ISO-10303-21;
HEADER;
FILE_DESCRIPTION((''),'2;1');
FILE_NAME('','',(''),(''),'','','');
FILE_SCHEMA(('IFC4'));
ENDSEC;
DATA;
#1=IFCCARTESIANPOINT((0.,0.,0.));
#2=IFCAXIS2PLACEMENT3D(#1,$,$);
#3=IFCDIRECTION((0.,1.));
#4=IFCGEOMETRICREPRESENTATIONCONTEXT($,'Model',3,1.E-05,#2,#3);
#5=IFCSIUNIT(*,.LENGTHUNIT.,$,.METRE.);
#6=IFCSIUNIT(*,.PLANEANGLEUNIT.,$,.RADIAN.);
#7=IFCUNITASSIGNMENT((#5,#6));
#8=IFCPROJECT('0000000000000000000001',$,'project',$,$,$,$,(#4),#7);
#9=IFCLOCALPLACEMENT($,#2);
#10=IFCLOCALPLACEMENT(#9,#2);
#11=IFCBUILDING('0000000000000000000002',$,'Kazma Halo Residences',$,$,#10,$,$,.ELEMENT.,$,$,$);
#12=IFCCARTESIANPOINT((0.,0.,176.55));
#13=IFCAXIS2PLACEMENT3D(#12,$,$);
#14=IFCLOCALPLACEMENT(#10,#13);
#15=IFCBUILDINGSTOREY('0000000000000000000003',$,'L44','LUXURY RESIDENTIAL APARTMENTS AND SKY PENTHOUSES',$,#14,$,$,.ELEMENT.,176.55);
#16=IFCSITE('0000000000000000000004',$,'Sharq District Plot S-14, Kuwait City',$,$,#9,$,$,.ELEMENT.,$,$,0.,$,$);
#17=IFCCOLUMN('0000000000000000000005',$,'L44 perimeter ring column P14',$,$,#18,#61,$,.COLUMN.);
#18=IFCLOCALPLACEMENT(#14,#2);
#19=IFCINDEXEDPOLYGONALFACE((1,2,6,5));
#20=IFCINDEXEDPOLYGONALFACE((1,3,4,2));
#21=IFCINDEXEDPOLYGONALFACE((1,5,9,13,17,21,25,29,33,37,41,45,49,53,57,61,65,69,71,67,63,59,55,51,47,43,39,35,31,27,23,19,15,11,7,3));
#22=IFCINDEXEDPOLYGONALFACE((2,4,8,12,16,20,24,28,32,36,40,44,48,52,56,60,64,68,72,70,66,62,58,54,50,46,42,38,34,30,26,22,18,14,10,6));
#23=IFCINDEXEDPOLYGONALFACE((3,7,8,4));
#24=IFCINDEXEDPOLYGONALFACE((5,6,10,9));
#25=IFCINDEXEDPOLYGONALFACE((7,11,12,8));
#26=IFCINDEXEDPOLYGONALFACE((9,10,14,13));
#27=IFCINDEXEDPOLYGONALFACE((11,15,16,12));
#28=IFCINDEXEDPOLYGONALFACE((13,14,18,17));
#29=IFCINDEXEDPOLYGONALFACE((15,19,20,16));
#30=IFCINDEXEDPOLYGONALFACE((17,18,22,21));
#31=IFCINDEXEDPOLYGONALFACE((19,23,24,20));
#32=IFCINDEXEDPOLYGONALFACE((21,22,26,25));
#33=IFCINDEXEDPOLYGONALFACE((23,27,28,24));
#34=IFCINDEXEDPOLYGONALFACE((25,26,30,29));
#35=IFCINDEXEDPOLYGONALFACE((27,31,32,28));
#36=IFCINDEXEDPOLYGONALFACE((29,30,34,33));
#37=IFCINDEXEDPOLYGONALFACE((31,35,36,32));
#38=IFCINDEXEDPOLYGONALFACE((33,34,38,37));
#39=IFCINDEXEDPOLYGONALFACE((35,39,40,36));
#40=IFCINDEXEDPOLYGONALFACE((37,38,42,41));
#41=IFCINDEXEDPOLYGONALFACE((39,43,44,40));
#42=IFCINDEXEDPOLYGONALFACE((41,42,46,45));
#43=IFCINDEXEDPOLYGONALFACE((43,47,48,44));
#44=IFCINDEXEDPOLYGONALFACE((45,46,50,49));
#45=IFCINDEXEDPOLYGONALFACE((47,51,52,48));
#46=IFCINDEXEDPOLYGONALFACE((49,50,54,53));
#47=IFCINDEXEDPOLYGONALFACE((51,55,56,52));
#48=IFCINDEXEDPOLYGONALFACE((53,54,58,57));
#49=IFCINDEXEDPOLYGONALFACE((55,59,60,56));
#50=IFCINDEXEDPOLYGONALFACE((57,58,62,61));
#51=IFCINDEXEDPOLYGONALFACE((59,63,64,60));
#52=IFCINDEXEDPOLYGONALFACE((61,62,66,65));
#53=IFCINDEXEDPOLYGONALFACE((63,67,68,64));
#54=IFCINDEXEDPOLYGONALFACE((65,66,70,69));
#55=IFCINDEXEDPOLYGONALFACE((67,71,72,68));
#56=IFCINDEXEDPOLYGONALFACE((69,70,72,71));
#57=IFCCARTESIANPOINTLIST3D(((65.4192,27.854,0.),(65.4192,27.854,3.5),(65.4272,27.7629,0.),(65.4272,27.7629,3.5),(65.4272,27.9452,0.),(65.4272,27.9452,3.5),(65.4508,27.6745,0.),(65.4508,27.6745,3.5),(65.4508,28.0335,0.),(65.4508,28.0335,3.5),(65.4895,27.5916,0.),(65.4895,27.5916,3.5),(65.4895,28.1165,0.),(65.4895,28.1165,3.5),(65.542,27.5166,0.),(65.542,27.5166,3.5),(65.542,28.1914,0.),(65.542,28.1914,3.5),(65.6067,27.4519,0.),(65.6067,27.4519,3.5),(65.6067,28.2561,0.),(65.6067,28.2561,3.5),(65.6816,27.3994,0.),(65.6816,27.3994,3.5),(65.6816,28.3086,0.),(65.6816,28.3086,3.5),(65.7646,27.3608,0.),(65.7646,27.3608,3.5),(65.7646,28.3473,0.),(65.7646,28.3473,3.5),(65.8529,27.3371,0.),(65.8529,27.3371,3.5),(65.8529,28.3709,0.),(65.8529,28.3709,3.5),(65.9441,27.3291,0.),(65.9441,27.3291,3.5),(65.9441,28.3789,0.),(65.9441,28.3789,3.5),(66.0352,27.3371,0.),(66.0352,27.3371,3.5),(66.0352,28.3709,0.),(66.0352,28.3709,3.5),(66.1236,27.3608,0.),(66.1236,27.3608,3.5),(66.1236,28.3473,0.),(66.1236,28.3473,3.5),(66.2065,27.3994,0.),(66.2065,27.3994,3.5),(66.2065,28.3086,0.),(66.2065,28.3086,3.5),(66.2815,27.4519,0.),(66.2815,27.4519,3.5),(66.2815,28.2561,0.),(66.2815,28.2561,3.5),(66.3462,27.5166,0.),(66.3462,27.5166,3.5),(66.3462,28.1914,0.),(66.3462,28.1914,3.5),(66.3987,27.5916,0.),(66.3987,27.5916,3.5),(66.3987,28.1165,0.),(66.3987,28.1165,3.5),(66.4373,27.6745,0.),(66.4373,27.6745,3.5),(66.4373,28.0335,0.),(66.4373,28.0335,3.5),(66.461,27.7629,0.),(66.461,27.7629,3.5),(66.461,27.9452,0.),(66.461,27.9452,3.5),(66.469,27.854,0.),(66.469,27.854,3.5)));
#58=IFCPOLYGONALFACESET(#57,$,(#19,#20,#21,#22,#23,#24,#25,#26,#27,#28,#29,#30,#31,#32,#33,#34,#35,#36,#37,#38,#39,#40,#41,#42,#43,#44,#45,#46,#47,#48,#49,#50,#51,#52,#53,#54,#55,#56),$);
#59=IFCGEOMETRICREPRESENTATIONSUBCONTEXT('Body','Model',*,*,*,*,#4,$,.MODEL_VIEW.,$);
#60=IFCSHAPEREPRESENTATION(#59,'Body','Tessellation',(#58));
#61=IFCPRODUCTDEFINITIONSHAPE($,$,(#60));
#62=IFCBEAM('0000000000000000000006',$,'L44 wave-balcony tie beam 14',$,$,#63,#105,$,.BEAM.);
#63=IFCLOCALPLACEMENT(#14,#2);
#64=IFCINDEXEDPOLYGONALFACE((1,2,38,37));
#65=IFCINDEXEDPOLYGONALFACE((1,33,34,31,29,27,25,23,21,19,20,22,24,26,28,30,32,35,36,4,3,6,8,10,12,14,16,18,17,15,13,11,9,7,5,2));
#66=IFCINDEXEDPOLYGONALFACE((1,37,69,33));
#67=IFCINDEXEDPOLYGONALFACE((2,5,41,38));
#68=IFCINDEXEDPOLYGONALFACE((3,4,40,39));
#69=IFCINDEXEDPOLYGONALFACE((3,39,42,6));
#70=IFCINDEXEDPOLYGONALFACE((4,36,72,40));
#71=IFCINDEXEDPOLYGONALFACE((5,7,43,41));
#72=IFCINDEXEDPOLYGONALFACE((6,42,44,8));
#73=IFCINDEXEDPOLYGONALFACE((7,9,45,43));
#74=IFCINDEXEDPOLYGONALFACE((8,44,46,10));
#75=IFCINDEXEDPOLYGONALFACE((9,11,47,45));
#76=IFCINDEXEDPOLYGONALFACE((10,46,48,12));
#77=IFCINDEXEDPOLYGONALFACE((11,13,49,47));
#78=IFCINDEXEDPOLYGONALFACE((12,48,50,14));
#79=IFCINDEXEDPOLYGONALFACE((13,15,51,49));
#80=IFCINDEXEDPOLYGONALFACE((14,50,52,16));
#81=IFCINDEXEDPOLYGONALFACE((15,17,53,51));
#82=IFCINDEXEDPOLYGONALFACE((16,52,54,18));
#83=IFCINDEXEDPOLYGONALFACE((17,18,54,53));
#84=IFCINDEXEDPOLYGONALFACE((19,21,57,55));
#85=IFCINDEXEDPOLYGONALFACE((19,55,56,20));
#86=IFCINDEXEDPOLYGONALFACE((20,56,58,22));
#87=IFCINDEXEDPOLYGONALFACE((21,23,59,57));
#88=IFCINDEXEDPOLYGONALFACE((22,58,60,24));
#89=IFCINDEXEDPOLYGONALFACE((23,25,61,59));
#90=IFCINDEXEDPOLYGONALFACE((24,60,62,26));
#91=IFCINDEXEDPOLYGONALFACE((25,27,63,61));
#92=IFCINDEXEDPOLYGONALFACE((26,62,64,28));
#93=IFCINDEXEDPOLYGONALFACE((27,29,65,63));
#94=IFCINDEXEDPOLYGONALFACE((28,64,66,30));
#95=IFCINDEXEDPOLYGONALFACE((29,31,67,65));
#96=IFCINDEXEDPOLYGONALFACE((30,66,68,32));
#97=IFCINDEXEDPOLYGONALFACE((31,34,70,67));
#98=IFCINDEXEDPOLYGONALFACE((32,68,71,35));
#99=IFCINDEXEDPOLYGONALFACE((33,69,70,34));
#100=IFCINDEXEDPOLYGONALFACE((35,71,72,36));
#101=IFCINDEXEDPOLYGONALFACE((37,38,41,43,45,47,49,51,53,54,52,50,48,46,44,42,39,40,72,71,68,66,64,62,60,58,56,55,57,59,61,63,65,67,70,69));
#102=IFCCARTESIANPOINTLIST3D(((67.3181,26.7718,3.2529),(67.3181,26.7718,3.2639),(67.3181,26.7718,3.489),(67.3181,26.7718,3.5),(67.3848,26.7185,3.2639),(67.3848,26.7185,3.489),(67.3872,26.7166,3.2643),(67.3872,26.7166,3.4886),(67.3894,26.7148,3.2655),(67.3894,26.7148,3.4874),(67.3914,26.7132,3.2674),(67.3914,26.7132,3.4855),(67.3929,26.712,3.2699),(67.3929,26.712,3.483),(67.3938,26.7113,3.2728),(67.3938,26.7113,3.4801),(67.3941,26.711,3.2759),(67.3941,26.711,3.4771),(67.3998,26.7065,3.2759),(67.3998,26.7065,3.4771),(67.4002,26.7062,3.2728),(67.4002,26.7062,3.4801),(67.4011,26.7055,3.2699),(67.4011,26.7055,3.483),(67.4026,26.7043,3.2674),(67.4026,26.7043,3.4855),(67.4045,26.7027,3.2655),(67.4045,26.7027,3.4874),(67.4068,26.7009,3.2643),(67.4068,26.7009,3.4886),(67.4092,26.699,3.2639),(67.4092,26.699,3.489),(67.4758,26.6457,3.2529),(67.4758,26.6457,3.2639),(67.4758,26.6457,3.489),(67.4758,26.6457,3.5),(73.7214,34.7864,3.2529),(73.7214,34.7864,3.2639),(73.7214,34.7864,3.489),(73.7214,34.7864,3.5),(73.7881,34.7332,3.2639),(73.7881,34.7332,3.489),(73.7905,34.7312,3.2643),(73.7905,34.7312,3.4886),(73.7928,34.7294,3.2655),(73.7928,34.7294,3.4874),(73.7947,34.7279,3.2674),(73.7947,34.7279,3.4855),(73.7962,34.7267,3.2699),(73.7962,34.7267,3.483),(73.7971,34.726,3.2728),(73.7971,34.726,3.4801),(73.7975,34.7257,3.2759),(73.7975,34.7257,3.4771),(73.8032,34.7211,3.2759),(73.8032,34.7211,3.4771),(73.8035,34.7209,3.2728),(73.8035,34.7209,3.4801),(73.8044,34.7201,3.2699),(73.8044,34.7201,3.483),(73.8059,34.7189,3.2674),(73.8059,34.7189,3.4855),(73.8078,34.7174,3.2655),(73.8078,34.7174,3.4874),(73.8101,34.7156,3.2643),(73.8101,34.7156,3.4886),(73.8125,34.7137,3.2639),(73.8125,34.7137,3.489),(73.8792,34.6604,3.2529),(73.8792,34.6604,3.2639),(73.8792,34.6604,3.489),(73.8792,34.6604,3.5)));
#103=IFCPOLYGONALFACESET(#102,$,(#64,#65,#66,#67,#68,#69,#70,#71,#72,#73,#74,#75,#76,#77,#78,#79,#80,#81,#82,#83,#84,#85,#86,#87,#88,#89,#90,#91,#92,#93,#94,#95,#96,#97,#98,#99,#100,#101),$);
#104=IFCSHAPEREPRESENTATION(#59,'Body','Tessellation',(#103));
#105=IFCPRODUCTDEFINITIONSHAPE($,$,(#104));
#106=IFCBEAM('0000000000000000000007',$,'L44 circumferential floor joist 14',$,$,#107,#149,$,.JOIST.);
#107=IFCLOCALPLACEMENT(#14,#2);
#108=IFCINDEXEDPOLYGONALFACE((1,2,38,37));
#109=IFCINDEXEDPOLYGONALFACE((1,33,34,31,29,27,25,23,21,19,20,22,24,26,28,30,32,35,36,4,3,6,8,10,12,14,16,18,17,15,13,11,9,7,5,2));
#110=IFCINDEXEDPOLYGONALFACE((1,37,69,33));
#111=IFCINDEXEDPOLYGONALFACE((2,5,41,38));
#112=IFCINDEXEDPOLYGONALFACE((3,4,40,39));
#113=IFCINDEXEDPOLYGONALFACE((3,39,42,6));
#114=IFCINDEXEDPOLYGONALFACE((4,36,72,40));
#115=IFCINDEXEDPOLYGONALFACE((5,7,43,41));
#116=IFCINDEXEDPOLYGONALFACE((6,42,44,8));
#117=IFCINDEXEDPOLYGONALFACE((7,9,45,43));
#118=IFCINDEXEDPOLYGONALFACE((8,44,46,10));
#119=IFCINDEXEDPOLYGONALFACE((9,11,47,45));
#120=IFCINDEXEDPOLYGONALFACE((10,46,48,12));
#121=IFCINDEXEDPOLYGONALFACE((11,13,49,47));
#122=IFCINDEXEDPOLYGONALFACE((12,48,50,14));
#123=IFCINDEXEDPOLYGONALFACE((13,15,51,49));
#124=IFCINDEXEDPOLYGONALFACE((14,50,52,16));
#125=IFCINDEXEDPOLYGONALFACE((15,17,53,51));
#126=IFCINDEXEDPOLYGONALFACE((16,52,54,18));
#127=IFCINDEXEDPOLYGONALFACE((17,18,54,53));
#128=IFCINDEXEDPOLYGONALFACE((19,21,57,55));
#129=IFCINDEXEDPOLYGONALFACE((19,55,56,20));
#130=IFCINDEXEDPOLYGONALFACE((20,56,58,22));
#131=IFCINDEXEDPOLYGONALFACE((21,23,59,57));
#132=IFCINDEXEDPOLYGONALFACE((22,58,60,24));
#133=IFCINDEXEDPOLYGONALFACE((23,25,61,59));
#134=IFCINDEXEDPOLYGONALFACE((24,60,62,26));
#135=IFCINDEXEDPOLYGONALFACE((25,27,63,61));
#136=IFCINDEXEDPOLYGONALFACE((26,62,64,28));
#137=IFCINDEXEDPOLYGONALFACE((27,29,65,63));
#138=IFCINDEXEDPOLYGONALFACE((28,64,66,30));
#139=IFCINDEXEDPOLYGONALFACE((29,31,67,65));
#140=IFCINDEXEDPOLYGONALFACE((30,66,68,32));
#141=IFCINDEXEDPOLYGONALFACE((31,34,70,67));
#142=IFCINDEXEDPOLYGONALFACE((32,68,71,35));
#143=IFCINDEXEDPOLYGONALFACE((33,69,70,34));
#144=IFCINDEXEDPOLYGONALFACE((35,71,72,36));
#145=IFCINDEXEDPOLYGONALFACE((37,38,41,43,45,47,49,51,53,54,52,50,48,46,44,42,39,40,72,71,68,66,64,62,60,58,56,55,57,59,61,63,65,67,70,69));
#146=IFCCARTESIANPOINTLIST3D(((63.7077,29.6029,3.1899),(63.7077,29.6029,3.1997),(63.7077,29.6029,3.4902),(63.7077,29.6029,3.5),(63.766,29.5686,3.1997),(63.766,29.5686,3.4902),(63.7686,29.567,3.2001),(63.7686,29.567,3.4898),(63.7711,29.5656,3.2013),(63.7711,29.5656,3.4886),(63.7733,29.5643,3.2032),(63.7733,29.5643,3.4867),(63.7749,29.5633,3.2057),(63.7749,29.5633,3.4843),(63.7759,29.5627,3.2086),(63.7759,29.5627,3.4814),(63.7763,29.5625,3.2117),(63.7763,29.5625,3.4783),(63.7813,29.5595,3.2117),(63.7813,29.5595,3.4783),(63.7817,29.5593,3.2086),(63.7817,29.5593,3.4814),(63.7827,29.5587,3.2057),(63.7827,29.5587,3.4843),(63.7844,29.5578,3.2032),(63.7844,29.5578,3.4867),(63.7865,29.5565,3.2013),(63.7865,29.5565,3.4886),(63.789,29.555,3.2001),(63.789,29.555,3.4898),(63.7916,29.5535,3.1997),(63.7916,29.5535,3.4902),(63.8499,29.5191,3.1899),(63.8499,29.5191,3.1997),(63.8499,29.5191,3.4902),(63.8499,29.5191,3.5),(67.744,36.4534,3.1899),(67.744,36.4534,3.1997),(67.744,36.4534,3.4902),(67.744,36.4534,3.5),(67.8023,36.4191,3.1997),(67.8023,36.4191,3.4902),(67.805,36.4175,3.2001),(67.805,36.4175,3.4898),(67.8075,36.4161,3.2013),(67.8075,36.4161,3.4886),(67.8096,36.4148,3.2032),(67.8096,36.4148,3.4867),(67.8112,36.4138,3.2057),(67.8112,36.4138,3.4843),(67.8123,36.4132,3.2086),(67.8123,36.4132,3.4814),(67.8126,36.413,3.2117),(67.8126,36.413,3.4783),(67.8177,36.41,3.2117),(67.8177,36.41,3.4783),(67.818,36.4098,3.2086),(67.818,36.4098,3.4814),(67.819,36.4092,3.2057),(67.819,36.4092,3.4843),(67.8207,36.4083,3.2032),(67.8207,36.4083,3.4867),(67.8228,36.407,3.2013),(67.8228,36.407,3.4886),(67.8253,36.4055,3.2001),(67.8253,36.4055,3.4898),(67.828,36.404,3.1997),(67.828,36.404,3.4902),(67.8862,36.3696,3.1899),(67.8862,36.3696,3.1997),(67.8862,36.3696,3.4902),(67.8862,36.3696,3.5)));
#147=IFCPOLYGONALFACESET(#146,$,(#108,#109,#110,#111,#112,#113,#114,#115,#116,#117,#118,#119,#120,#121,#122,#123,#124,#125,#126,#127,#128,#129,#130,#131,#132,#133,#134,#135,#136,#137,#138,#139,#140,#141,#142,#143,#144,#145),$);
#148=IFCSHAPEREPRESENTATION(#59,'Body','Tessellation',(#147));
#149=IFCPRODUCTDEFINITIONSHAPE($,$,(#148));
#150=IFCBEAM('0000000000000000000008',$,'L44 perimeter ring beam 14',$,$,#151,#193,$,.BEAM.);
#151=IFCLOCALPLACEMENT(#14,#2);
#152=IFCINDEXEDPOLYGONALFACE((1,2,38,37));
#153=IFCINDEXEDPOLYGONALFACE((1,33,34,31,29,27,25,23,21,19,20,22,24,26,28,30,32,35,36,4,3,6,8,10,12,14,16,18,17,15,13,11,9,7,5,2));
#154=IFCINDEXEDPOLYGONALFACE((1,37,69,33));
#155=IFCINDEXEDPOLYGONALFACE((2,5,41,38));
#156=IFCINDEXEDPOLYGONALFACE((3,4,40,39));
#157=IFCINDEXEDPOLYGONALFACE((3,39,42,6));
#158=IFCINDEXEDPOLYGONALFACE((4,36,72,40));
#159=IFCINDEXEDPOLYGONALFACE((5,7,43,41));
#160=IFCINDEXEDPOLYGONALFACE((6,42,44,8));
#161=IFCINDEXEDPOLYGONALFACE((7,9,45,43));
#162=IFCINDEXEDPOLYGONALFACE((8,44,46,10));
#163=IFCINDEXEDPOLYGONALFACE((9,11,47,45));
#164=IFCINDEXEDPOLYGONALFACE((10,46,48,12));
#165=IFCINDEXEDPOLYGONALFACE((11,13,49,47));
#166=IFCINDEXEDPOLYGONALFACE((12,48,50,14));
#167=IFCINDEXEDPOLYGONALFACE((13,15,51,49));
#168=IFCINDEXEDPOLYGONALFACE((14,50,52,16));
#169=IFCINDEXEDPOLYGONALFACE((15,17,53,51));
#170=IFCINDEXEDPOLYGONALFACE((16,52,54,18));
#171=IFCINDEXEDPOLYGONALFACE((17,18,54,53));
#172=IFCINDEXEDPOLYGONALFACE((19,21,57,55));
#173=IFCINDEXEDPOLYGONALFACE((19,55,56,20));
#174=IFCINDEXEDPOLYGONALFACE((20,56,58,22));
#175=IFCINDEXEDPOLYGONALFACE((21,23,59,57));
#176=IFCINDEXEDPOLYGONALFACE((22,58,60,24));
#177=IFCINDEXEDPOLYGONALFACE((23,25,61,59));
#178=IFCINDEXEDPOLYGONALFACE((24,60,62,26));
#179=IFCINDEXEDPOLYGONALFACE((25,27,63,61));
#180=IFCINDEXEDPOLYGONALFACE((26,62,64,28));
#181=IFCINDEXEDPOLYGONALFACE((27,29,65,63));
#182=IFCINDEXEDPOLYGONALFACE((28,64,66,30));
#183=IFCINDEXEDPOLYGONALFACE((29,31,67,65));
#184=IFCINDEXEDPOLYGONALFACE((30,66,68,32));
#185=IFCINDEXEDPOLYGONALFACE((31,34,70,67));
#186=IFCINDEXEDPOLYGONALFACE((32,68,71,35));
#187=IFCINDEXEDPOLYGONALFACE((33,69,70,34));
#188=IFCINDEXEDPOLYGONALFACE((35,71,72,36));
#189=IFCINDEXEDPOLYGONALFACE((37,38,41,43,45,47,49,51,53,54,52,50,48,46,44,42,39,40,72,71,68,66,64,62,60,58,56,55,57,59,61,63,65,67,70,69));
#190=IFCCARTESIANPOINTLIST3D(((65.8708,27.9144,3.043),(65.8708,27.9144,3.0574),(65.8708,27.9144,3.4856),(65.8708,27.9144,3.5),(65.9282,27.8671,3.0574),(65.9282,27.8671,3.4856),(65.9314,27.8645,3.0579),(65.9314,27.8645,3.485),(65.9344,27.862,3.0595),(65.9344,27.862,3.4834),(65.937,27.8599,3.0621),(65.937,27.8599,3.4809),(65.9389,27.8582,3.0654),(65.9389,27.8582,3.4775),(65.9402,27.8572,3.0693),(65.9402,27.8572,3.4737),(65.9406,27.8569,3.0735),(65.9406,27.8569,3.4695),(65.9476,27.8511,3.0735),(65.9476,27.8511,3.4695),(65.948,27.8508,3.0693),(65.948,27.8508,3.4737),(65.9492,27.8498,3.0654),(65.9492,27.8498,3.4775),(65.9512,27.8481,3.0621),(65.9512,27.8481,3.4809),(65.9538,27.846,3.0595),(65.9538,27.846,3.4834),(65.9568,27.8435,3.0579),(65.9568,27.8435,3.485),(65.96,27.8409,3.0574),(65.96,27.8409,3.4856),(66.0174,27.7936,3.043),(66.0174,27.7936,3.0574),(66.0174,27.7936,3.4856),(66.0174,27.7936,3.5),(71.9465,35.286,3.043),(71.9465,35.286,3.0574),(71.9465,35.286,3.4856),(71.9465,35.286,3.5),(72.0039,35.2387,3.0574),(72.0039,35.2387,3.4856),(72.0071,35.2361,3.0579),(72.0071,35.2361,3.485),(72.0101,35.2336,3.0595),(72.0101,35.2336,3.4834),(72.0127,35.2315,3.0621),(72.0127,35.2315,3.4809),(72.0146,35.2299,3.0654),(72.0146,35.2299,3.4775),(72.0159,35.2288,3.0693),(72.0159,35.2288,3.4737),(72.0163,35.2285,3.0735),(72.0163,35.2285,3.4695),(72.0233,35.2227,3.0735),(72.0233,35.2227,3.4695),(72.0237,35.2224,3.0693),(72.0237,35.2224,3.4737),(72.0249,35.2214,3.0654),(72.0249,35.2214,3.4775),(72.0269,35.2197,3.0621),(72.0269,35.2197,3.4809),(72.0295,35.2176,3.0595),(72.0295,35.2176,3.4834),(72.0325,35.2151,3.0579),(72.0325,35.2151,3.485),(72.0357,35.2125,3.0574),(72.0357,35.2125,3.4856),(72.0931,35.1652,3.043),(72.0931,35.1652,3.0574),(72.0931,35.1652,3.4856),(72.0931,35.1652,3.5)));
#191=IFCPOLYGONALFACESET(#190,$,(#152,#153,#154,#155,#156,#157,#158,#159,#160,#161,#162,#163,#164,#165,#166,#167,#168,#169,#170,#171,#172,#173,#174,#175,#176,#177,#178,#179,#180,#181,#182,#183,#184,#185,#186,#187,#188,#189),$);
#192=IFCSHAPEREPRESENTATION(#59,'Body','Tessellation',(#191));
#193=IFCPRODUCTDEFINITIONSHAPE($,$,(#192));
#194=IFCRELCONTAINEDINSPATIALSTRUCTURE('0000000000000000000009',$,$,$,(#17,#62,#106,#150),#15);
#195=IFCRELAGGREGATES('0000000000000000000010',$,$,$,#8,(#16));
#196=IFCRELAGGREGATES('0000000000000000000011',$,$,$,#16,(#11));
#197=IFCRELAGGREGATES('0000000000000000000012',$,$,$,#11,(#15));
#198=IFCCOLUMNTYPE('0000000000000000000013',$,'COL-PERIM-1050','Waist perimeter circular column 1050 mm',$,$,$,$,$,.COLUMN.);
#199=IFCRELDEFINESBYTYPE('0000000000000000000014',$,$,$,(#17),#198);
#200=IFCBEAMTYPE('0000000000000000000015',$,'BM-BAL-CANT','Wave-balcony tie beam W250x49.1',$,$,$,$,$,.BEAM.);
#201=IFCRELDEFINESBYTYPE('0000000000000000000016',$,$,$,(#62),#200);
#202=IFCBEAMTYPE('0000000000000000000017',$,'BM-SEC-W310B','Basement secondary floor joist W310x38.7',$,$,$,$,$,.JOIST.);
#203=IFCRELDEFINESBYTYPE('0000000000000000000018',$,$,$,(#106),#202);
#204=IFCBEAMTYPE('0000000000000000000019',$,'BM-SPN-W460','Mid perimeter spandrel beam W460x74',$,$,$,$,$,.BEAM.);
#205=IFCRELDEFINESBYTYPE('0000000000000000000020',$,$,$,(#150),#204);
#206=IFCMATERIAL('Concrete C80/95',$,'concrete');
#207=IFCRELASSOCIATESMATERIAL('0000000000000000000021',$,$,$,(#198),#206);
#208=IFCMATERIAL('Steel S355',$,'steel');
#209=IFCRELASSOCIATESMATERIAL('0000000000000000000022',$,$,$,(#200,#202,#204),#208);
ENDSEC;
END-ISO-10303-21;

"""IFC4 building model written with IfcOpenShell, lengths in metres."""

from ifc_helpers import new_model, si_unit, direction, frame, origin, origin_2d, place, context, subcontext, project, spatial, circle, i_section, extrude, material, material_profile, profile_set, type_object, element, save


model = new_model("IFC4")

# Units and contexts
model_context = context("Model", 3, precision=1e-05, world=origin(), true_north=direction((0.0, 1.0)))
body_context = subcontext(model_context, "Body", "Model", "MODEL_VIEW")
ifc_project = project(units=[si_unit("LENGTHUNIT", "METRE"), si_unit("PLANEANGLEUNIT", "RADIAN")], contexts=[model_context])

# Site, building, storey
site_placement = place(None, origin())
site = spatial("IfcSite", under=ifc_project, at=site_placement, Name="Sharq District Plot S-14, Kuwait City", CompositionType="ELEMENT", RefElevation=0.0)
building_placement = place(site_placement, origin())
building = spatial("IfcBuilding", under=site, at=building_placement, Name="Kazma Halo Residences", CompositionType="ELEMENT")
storey_placement = place(building_placement, frame((0.0, 0.0, 176.55)))
storey = spatial("IfcBuildingStorey", under=building, at=storey_placement, Name="L44", Description="LUXURY RESIDENTIAL APARTMENTS AND SKY PENTHOUSES", CompositionType="ELEMENT", Elevation=176.55)

# Column
ifc_material_1 = material(Name="Concrete C80/95", Category="concrete")
ifc_material_profile_1 = material_profile(ifc_material_1, circle(Radius=0.5249, at=origin_2d()), Name="CIRC1050")
ifc_profile_set_1 = profile_set([ifc_material_profile_1], Name="Concrete C80/95")
column_type = type_object("IfcColumnType", Name="COL-PERIM-1050", Description="Waist perimeter circular column 1050 mm", PredefinedType="COLUMN", material=ifc_profile_set_1)
column_placement = place(storey_placement, frame((65.9441, 27.854, 0.0), z_axis=(0.0, 0.0, 1.0), x_axis=(1.0, 0.0, 0.0)))
element("IfcColumn", 1, at=column_placement, inside=storey, type_object=column_type, Name="L44 perimeter ring column P14", PredefinedType="COLUMN", context=body_context, shape_type="SweptSolid", body=[
    extrude(circle(Radius=0.5249, at=origin_2d()), origin(), (0.0, 0.0, 1.0), 3.5),
])

# Beams
ifc_material_2 = material(Name="Steel S355", Category="steel")
ifc_material_profile_2 = material_profile(ifc_material_2, i_section(OverallWidth=0.2019, OverallDepth=0.2471, WebThickness=0.0073, FlangeThickness=0.011, FilletRadius=0.012, at=origin_2d()), Name="W250x49.1")
ifc_profile_set_2 = profile_set([ifc_material_profile_2], Name="Steel S355")
beam_type_1 = type_object("IfcBeamType", Name="BM-BAL-CANT", Description="Wave-balcony tie beam W250x49.1", PredefinedType="BEAM", material=ifc_profile_set_2)
beam_1_placement = place(storey_placement, frame((67.397, 26.7087, 3.3765), z_axis=(0.624196, 0.781268, 0.0), x_axis=(-0.781268, 0.624196, 0.0)))
element("IfcBeam", 2, at=beam_1_placement, inside=storey, type_object=beam_type_1, Name="L44 wave-balcony tie beam 14", PredefinedType="BEAM", context=body_context, shape_type="SweptSolid", body=[
    extrude(i_section(OverallWidth=0.2019, OverallDepth=0.2471, WebThickness=0.0073, FlangeThickness=0.011, FilletRadius=0.012, at=origin_2d()), origin(), (0.0, 0.0, 1.0), 10.2585),
])
ifc_material_profile_3 = material_profile(ifc_material_2, i_section(OverallWidth=0.165, OverallDepth=0.3101, WebThickness=0.0059, FlangeThickness=0.0098, FilletRadius=0.012, at=origin_2d()), Name="W310x38.7")
ifc_profile_set_3 = profile_set([ifc_material_profile_3], Name="Steel S355")
beam_type_2 = type_object("IfcBeamType", Name="BM-SEC-W310B", Description="Basement secondary floor joist W310x38.7", PredefinedType="JOIST", material=ifc_profile_set_3)
beam_2_placement = place(storey_placement, frame((63.7788, 29.561, 3.345), z_axis=(0.507639, 0.86157, 0.0), x_axis=(-0.86157, 0.507639, 0.0)))
element("IfcBeam", 3, at=beam_2_placement, inside=storey, type_object=beam_type_2, Name="L44 circumferential floor joist 14", PredefinedType="JOIST", context=body_context, shape_type="SweptSolid", body=[
    extrude(i_section(OverallWidth=0.165, OverallDepth=0.3101, WebThickness=0.0059, FlangeThickness=0.0098, FilletRadius=0.012, at=origin_2d()), origin(), (0.0, 0.0, 1.0), 7.9512),
])
ifc_material_profile_4 = material_profile(ifc_material_2, i_section(OverallWidth=0.1899, OverallDepth=0.457, WebThickness=0.009, FlangeThickness=0.0144, FilletRadius=0.0161, at=origin_2d()), Name="W460x74")
ifc_profile_set_4 = profile_set([ifc_material_profile_4], Name="Steel S355")
beam_type_3 = type_object("IfcBeamType", Name="BM-SPN-W460", Description="Mid perimeter spandrel beam W460x74", PredefinedType="BEAM", material=ifc_profile_set_4)
beam_3_placement = place(storey_placement, frame((65.9441, 27.854, 3.2715), z_axis=(0.636017, 0.771675, 0.0), x_axis=(-0.771675, 0.636017, 0.0)))
element("IfcBeam", 4, at=beam_3_placement, inside=storey, type_object=beam_type_3, Name="L44 perimeter ring beam 14", PredefinedType="BEAM", context=body_context, shape_type="SweptSolid", body=[
    extrude(i_section(OverallWidth=0.1899, OverallDepth=0.457, WebThickness=0.009, FlangeThickness=0.0144, FilletRadius=0.0161, at=origin_2d()), origin(), (0.0, 0.0, 1.0), 9.5527),
])

save(model, "model.ifc")
